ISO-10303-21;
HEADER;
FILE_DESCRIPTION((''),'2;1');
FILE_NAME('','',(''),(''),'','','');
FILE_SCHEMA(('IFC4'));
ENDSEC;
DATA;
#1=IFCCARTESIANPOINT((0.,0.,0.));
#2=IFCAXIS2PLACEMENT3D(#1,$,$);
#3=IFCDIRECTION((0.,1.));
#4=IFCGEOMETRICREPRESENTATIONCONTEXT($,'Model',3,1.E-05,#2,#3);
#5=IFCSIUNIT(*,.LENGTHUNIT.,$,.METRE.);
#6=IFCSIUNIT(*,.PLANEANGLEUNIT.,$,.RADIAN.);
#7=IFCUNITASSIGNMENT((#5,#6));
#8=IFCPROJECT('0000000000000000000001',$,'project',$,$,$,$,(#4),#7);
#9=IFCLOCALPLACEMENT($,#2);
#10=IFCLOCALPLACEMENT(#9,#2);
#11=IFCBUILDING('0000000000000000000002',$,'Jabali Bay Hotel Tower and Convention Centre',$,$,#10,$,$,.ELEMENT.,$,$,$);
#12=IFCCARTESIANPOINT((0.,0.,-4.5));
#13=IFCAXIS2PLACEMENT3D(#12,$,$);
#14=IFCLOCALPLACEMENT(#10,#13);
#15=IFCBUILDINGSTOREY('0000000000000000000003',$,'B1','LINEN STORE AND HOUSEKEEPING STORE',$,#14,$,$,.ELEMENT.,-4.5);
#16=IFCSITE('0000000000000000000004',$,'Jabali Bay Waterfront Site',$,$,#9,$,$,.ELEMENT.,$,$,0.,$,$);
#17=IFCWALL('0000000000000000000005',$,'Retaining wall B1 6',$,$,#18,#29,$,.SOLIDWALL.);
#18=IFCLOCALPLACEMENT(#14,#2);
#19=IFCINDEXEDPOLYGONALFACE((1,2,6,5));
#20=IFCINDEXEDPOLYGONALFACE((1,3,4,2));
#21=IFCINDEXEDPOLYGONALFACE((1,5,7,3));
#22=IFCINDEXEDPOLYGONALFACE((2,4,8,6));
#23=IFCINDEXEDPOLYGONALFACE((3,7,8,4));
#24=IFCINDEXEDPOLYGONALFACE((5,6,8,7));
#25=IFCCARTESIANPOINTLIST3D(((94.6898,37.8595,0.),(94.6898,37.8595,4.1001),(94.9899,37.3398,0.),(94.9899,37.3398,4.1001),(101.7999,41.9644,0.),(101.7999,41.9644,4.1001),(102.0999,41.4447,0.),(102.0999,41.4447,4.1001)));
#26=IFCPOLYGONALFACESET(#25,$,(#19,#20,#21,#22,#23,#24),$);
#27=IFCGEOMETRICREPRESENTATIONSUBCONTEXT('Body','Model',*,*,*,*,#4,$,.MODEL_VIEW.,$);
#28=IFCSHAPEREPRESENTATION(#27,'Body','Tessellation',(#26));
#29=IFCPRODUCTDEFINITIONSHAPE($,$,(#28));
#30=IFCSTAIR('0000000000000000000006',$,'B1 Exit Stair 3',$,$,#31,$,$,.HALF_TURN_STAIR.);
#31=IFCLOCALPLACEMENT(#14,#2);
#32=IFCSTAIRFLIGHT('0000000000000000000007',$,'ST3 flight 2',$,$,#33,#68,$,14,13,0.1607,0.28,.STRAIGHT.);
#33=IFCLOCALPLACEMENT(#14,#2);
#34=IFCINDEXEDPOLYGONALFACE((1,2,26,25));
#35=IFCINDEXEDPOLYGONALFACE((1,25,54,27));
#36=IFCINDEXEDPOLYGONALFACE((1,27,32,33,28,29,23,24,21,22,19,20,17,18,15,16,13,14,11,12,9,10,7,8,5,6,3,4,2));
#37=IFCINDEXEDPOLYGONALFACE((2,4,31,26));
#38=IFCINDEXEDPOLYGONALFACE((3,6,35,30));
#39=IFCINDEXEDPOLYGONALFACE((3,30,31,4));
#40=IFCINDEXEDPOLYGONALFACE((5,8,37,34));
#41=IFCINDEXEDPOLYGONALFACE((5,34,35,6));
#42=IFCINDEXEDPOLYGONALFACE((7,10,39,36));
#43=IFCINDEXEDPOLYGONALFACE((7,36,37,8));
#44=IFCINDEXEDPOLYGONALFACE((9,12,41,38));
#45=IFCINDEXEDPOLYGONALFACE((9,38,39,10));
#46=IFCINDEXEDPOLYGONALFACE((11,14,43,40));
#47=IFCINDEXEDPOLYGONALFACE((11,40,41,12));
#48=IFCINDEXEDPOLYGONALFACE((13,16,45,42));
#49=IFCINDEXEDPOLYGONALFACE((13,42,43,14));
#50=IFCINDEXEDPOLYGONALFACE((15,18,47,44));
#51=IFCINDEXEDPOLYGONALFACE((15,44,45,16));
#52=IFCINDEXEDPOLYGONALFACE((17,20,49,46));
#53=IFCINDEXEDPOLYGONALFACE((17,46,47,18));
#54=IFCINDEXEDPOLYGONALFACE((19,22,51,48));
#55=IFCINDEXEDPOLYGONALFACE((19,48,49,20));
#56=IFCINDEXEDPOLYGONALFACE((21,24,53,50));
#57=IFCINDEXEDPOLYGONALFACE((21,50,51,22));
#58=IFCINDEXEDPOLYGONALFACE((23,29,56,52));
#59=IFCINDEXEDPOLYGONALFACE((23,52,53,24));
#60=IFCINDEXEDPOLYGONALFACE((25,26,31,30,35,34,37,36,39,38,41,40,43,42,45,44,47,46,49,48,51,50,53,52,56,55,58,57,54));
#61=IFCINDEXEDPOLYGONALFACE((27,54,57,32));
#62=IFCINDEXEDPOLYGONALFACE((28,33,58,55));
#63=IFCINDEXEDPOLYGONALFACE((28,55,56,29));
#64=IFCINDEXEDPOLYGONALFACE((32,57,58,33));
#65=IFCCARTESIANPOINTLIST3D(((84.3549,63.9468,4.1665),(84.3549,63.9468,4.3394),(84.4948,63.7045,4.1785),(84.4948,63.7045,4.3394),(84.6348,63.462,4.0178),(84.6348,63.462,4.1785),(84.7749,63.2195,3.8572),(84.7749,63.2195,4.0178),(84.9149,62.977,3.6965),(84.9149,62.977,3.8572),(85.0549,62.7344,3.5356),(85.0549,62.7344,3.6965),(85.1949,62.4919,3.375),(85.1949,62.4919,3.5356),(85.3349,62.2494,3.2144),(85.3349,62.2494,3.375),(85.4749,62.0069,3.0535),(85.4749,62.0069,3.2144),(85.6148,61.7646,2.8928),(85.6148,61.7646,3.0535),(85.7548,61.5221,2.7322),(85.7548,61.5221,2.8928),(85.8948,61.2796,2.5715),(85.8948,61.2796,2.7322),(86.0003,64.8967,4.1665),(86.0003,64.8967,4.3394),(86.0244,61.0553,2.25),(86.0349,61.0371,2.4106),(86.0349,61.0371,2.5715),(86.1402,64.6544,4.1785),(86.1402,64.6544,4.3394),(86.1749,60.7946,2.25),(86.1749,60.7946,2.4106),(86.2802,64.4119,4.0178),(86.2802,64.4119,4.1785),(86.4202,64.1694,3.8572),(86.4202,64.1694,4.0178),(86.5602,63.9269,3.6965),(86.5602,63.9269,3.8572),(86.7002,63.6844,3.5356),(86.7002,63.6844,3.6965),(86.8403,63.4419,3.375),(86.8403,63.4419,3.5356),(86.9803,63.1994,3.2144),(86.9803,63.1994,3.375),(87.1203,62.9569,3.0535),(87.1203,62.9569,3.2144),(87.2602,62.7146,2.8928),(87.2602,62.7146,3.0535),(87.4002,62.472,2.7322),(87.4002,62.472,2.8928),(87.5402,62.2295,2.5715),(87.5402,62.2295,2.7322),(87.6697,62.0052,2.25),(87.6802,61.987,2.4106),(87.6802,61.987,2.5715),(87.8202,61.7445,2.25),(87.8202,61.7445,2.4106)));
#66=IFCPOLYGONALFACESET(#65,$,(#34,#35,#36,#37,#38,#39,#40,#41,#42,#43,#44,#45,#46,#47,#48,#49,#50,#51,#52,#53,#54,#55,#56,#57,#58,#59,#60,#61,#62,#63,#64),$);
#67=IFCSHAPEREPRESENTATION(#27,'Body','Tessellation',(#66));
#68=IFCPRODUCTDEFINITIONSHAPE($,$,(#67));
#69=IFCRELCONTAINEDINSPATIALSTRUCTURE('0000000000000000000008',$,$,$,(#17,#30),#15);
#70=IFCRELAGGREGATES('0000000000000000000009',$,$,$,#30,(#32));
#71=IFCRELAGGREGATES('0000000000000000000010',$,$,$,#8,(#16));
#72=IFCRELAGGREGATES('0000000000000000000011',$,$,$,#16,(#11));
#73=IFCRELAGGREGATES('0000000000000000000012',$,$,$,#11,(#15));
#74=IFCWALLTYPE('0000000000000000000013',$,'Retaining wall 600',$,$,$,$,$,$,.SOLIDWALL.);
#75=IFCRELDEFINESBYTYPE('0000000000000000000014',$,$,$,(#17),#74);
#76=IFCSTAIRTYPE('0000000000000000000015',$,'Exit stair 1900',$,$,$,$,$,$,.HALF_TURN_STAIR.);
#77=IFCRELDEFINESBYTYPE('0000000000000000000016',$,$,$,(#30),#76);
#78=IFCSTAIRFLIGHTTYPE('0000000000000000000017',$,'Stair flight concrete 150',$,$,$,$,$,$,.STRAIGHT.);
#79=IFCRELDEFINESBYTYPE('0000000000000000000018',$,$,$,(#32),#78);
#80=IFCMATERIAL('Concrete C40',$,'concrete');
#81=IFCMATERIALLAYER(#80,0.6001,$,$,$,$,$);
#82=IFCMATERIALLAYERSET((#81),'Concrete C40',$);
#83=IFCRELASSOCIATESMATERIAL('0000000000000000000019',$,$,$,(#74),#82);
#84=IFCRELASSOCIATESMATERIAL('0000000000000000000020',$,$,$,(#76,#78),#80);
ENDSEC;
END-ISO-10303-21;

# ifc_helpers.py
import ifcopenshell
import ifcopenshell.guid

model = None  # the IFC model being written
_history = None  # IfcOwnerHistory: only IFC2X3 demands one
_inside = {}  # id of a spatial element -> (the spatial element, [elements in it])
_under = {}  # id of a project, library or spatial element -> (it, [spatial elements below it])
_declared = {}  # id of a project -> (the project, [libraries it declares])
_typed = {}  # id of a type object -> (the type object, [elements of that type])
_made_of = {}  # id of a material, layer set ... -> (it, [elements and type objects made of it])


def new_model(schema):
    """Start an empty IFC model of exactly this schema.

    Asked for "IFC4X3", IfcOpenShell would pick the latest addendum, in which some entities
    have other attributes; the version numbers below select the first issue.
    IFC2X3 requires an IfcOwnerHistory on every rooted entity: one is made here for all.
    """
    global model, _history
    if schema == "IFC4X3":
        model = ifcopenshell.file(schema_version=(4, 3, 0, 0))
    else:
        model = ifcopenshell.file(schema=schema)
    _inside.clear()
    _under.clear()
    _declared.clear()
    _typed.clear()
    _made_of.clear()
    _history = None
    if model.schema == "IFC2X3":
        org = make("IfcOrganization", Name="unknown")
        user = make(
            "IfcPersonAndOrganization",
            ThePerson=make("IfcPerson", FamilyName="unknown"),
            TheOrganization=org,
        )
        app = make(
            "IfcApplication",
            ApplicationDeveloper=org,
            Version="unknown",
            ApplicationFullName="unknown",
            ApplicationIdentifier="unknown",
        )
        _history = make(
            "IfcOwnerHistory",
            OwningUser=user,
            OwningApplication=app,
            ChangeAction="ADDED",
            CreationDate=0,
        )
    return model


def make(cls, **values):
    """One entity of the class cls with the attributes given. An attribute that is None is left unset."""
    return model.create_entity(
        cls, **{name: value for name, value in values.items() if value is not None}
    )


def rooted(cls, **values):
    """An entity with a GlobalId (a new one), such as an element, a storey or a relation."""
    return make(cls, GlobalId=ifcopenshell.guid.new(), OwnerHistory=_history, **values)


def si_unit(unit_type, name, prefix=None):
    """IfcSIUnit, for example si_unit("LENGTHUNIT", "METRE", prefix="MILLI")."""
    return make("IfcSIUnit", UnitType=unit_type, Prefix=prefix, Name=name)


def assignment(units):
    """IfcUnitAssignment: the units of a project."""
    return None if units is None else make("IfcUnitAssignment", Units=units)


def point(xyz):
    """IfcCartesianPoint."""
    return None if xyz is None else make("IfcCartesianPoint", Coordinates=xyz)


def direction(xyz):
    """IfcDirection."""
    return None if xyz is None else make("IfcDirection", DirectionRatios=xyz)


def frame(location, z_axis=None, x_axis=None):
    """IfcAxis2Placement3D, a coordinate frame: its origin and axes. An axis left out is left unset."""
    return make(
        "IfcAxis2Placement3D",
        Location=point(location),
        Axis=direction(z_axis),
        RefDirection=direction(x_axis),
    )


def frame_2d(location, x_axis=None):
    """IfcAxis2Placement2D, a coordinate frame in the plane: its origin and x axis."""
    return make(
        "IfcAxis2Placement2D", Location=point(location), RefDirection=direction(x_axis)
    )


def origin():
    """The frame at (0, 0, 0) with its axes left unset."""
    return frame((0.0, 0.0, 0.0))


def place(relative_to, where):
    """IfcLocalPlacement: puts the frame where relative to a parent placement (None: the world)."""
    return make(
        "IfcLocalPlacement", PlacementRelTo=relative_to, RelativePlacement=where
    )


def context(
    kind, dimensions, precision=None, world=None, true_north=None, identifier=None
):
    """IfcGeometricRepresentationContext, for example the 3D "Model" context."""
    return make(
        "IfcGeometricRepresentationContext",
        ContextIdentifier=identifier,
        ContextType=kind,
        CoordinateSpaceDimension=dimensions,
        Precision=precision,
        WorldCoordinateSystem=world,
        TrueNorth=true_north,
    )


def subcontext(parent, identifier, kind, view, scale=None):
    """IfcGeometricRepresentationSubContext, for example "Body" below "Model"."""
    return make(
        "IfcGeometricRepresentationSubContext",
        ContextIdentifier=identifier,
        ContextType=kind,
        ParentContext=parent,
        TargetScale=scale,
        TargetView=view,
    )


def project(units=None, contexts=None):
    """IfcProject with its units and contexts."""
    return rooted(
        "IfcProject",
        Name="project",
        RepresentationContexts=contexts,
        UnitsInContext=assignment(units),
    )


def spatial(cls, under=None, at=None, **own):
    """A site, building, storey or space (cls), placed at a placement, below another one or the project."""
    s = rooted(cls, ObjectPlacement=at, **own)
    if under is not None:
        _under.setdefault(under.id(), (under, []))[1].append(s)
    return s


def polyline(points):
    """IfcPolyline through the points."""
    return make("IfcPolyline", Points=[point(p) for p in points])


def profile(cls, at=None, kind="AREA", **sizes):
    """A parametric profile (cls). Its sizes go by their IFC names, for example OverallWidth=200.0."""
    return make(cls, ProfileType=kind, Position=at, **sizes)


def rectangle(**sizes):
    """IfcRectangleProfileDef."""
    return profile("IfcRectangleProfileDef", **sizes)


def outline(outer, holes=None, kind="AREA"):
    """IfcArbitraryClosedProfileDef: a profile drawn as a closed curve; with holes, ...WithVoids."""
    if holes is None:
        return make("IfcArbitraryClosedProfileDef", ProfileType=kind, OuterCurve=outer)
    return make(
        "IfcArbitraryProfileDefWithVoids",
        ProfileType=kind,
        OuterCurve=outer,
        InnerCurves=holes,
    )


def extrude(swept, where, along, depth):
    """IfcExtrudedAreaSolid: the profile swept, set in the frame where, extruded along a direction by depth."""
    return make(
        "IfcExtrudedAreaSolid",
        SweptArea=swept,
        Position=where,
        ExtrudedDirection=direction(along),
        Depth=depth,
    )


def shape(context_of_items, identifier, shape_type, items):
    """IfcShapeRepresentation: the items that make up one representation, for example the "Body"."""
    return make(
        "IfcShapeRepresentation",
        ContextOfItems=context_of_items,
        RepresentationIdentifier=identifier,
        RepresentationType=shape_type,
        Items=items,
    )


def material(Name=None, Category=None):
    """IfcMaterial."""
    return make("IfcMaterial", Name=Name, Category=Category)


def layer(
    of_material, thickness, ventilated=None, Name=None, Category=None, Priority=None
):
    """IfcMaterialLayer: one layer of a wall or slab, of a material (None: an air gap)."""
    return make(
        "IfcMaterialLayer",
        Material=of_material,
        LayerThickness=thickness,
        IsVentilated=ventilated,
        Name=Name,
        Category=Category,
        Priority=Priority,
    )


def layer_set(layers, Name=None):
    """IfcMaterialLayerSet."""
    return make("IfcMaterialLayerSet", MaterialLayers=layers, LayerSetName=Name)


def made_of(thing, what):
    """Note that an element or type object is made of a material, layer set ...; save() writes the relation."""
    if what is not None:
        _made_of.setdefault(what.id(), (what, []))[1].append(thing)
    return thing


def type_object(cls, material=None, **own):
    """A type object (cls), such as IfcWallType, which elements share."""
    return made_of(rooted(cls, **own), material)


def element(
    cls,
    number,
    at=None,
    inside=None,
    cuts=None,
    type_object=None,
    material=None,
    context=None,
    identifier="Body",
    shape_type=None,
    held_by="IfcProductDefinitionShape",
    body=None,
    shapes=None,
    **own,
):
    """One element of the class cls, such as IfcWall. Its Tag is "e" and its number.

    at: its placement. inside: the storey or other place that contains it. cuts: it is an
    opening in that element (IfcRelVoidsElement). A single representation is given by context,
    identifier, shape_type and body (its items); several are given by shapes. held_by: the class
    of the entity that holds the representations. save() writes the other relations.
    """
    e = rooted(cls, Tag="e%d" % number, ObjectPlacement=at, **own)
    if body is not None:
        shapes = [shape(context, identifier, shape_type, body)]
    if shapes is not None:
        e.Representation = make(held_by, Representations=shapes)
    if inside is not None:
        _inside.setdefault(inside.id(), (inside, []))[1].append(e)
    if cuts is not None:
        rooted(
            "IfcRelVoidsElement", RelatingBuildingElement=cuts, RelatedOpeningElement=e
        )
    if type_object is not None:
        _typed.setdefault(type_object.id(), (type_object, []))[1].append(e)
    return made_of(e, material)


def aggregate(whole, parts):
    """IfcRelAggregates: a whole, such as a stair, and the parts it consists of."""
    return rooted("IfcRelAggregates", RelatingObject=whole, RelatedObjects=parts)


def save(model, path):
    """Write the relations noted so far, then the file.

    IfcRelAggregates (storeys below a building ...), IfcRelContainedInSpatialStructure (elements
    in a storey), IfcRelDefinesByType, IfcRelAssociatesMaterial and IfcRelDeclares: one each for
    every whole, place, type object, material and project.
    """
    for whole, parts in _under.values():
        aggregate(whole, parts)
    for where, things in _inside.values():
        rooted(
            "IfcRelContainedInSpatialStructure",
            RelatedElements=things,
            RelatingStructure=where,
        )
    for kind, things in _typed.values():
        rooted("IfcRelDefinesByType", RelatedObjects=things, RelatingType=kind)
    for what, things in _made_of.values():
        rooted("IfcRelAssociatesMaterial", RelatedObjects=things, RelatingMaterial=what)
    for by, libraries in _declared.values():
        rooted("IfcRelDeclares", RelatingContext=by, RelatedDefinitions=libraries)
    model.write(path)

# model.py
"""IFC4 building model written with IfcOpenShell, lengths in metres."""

from ifc_helpers import new_model, si_unit, direction, frame, frame_2d, origin, place, context, subcontext, project, spatial, polyline, rectangle, outline, extrude, material, layer, layer_set, type_object, element, aggregate, save


model = new_model("IFC4")

# Units and contexts
model_context = context("Model", 3, precision=1e-05, world=origin(), true_north=direction((0.0, 1.0)))
body_context = subcontext(model_context, "Body", "Model", "MODEL_VIEW")
ifc_project = project(units=[si_unit("LENGTHUNIT", "METRE"), si_unit("PLANEANGLEUNIT", "RADIAN")], contexts=[model_context])

# Site, building, storey
site_placement = place(None, origin())
site = spatial("IfcSite", under=ifc_project, at=site_placement, Name="Jabali Bay Waterfront Site", CompositionType="ELEMENT", RefElevation=0.0)
building_placement = place(site_placement, origin())
building = spatial("IfcBuilding", under=site, at=building_placement, Name="Jabali Bay Hotel Tower and Convention Centre", CompositionType="ELEMENT")
storey_placement = place(building_placement, frame((0.0, 0.0, -4.5)))
storey = spatial("IfcBuildingStorey", under=building, at=storey_placement, Name="B1", Description="LINEN STORE AND HOUSEKEEPING STORE", CompositionType="ELEMENT", Elevation=-4.5)

# Shared definitions
ifc_material_1 = material(Name="Concrete C40", Category="concrete")

# Wall
ifc_layer_1 = layer(ifc_material_1, 0.6001)
ifc_layer_set_1 = layer_set([ifc_layer_1], Name="Concrete C40")
wall_type_1 = type_object("IfcWallType", Name="Retaining wall 600", PredefinedType="SOLIDWALL", material=ifc_layer_set_1)
wall_1_placement = place(storey_placement, frame((94.8398, 37.5996, 0.0), z_axis=(0.0, 0.0, 1.0), x_axis=(0.866028, 0.499996, 0.0)))
element("IfcWall", 1, at=wall_1_placement, inside=storey, type_object=wall_type_1, Name="Retaining wall B1 6", PredefinedType="SOLIDWALL", context=body_context, shape_type="SweptSolid", body=[
    extrude(rectangle(XDim=8.21, YDim=0.6001, at=frame_2d((4.105, 0.0))), origin(), (0.0, 0.0, 1.0), 4.1001),
])

# Stair, stair flight
stair_type = type_object("IfcStairType", Name="Exit stair 1900", PredefinedType="HALF_TURN_STAIR", material=ifc_material_1)
stair_placement = place(storey_placement, origin())
stair = element("IfcStair", 2, at=stair_placement, inside=storey, type_object=stair_type, Name="B1 Exit Stair 3", PredefinedType="HALF_TURN_STAIR")
stair_flight_type = type_object("IfcStairFlightType", Name="Stair flight concrete 150", PredefinedType="STRAIGHT", material=ifc_material_1)
stair_flight_placement = place(storey_placement, frame((86.9976, 61.2695, 2.25), z_axis=(0.0, 0.0, 1.0), x_axis=(-0.5, 0.866025, 0.0)))
stair_flight = element("IfcStairFlight", 3, at=stair_flight_placement, type_object=stair_flight_type, Name="ST3 flight 2", NumberOfRisers=14, NumberOfTreads=13, PredefinedType="STRAIGHT", RiserHeight=0.1607, TreadLength=0.28, context=body_context, shape_type="SweptSolid", body=[
    extrude(outline(polyline([(0.0, 0.0), (0.0, 0.1606), (0.28, 0.1606), (0.28, 0.3215), (0.5601, 0.3215), (0.5601, 0.4822), (0.8401, 0.4822), (0.8401, 0.6428), (1.1201, 0.6428), (1.1201, 0.8035), (1.3999, 0.8035), (1.3999, 0.9644), (1.6799, 0.9644), (1.6799, 1.125), (1.96, 1.125), (1.96, 1.2856), (2.24, 1.2856), (2.24, 1.4465), (2.52, 1.4465), (2.52, 1.6072), (2.8, 1.6072), (2.8, 1.7678), (3.0801, 1.7678), (3.0801, 1.9285), (3.3601, 1.9285), (3.3601, 2.0894), (3.6399, 2.0894), (3.6399, 2.25), (3.6399, 1.9165), (0.301, 0.0), (0.0, 0.0)])), frame((0.0, 0.95, 0.0), z_axis=(0.0, -1.0, 0.0), x_axis=(1.0, 0.0, 0.0)), (0.0, 0.0, 1.0), 1.8999),
])
aggregate(stair, [stair_flight])

save(model, "model.ifc")
